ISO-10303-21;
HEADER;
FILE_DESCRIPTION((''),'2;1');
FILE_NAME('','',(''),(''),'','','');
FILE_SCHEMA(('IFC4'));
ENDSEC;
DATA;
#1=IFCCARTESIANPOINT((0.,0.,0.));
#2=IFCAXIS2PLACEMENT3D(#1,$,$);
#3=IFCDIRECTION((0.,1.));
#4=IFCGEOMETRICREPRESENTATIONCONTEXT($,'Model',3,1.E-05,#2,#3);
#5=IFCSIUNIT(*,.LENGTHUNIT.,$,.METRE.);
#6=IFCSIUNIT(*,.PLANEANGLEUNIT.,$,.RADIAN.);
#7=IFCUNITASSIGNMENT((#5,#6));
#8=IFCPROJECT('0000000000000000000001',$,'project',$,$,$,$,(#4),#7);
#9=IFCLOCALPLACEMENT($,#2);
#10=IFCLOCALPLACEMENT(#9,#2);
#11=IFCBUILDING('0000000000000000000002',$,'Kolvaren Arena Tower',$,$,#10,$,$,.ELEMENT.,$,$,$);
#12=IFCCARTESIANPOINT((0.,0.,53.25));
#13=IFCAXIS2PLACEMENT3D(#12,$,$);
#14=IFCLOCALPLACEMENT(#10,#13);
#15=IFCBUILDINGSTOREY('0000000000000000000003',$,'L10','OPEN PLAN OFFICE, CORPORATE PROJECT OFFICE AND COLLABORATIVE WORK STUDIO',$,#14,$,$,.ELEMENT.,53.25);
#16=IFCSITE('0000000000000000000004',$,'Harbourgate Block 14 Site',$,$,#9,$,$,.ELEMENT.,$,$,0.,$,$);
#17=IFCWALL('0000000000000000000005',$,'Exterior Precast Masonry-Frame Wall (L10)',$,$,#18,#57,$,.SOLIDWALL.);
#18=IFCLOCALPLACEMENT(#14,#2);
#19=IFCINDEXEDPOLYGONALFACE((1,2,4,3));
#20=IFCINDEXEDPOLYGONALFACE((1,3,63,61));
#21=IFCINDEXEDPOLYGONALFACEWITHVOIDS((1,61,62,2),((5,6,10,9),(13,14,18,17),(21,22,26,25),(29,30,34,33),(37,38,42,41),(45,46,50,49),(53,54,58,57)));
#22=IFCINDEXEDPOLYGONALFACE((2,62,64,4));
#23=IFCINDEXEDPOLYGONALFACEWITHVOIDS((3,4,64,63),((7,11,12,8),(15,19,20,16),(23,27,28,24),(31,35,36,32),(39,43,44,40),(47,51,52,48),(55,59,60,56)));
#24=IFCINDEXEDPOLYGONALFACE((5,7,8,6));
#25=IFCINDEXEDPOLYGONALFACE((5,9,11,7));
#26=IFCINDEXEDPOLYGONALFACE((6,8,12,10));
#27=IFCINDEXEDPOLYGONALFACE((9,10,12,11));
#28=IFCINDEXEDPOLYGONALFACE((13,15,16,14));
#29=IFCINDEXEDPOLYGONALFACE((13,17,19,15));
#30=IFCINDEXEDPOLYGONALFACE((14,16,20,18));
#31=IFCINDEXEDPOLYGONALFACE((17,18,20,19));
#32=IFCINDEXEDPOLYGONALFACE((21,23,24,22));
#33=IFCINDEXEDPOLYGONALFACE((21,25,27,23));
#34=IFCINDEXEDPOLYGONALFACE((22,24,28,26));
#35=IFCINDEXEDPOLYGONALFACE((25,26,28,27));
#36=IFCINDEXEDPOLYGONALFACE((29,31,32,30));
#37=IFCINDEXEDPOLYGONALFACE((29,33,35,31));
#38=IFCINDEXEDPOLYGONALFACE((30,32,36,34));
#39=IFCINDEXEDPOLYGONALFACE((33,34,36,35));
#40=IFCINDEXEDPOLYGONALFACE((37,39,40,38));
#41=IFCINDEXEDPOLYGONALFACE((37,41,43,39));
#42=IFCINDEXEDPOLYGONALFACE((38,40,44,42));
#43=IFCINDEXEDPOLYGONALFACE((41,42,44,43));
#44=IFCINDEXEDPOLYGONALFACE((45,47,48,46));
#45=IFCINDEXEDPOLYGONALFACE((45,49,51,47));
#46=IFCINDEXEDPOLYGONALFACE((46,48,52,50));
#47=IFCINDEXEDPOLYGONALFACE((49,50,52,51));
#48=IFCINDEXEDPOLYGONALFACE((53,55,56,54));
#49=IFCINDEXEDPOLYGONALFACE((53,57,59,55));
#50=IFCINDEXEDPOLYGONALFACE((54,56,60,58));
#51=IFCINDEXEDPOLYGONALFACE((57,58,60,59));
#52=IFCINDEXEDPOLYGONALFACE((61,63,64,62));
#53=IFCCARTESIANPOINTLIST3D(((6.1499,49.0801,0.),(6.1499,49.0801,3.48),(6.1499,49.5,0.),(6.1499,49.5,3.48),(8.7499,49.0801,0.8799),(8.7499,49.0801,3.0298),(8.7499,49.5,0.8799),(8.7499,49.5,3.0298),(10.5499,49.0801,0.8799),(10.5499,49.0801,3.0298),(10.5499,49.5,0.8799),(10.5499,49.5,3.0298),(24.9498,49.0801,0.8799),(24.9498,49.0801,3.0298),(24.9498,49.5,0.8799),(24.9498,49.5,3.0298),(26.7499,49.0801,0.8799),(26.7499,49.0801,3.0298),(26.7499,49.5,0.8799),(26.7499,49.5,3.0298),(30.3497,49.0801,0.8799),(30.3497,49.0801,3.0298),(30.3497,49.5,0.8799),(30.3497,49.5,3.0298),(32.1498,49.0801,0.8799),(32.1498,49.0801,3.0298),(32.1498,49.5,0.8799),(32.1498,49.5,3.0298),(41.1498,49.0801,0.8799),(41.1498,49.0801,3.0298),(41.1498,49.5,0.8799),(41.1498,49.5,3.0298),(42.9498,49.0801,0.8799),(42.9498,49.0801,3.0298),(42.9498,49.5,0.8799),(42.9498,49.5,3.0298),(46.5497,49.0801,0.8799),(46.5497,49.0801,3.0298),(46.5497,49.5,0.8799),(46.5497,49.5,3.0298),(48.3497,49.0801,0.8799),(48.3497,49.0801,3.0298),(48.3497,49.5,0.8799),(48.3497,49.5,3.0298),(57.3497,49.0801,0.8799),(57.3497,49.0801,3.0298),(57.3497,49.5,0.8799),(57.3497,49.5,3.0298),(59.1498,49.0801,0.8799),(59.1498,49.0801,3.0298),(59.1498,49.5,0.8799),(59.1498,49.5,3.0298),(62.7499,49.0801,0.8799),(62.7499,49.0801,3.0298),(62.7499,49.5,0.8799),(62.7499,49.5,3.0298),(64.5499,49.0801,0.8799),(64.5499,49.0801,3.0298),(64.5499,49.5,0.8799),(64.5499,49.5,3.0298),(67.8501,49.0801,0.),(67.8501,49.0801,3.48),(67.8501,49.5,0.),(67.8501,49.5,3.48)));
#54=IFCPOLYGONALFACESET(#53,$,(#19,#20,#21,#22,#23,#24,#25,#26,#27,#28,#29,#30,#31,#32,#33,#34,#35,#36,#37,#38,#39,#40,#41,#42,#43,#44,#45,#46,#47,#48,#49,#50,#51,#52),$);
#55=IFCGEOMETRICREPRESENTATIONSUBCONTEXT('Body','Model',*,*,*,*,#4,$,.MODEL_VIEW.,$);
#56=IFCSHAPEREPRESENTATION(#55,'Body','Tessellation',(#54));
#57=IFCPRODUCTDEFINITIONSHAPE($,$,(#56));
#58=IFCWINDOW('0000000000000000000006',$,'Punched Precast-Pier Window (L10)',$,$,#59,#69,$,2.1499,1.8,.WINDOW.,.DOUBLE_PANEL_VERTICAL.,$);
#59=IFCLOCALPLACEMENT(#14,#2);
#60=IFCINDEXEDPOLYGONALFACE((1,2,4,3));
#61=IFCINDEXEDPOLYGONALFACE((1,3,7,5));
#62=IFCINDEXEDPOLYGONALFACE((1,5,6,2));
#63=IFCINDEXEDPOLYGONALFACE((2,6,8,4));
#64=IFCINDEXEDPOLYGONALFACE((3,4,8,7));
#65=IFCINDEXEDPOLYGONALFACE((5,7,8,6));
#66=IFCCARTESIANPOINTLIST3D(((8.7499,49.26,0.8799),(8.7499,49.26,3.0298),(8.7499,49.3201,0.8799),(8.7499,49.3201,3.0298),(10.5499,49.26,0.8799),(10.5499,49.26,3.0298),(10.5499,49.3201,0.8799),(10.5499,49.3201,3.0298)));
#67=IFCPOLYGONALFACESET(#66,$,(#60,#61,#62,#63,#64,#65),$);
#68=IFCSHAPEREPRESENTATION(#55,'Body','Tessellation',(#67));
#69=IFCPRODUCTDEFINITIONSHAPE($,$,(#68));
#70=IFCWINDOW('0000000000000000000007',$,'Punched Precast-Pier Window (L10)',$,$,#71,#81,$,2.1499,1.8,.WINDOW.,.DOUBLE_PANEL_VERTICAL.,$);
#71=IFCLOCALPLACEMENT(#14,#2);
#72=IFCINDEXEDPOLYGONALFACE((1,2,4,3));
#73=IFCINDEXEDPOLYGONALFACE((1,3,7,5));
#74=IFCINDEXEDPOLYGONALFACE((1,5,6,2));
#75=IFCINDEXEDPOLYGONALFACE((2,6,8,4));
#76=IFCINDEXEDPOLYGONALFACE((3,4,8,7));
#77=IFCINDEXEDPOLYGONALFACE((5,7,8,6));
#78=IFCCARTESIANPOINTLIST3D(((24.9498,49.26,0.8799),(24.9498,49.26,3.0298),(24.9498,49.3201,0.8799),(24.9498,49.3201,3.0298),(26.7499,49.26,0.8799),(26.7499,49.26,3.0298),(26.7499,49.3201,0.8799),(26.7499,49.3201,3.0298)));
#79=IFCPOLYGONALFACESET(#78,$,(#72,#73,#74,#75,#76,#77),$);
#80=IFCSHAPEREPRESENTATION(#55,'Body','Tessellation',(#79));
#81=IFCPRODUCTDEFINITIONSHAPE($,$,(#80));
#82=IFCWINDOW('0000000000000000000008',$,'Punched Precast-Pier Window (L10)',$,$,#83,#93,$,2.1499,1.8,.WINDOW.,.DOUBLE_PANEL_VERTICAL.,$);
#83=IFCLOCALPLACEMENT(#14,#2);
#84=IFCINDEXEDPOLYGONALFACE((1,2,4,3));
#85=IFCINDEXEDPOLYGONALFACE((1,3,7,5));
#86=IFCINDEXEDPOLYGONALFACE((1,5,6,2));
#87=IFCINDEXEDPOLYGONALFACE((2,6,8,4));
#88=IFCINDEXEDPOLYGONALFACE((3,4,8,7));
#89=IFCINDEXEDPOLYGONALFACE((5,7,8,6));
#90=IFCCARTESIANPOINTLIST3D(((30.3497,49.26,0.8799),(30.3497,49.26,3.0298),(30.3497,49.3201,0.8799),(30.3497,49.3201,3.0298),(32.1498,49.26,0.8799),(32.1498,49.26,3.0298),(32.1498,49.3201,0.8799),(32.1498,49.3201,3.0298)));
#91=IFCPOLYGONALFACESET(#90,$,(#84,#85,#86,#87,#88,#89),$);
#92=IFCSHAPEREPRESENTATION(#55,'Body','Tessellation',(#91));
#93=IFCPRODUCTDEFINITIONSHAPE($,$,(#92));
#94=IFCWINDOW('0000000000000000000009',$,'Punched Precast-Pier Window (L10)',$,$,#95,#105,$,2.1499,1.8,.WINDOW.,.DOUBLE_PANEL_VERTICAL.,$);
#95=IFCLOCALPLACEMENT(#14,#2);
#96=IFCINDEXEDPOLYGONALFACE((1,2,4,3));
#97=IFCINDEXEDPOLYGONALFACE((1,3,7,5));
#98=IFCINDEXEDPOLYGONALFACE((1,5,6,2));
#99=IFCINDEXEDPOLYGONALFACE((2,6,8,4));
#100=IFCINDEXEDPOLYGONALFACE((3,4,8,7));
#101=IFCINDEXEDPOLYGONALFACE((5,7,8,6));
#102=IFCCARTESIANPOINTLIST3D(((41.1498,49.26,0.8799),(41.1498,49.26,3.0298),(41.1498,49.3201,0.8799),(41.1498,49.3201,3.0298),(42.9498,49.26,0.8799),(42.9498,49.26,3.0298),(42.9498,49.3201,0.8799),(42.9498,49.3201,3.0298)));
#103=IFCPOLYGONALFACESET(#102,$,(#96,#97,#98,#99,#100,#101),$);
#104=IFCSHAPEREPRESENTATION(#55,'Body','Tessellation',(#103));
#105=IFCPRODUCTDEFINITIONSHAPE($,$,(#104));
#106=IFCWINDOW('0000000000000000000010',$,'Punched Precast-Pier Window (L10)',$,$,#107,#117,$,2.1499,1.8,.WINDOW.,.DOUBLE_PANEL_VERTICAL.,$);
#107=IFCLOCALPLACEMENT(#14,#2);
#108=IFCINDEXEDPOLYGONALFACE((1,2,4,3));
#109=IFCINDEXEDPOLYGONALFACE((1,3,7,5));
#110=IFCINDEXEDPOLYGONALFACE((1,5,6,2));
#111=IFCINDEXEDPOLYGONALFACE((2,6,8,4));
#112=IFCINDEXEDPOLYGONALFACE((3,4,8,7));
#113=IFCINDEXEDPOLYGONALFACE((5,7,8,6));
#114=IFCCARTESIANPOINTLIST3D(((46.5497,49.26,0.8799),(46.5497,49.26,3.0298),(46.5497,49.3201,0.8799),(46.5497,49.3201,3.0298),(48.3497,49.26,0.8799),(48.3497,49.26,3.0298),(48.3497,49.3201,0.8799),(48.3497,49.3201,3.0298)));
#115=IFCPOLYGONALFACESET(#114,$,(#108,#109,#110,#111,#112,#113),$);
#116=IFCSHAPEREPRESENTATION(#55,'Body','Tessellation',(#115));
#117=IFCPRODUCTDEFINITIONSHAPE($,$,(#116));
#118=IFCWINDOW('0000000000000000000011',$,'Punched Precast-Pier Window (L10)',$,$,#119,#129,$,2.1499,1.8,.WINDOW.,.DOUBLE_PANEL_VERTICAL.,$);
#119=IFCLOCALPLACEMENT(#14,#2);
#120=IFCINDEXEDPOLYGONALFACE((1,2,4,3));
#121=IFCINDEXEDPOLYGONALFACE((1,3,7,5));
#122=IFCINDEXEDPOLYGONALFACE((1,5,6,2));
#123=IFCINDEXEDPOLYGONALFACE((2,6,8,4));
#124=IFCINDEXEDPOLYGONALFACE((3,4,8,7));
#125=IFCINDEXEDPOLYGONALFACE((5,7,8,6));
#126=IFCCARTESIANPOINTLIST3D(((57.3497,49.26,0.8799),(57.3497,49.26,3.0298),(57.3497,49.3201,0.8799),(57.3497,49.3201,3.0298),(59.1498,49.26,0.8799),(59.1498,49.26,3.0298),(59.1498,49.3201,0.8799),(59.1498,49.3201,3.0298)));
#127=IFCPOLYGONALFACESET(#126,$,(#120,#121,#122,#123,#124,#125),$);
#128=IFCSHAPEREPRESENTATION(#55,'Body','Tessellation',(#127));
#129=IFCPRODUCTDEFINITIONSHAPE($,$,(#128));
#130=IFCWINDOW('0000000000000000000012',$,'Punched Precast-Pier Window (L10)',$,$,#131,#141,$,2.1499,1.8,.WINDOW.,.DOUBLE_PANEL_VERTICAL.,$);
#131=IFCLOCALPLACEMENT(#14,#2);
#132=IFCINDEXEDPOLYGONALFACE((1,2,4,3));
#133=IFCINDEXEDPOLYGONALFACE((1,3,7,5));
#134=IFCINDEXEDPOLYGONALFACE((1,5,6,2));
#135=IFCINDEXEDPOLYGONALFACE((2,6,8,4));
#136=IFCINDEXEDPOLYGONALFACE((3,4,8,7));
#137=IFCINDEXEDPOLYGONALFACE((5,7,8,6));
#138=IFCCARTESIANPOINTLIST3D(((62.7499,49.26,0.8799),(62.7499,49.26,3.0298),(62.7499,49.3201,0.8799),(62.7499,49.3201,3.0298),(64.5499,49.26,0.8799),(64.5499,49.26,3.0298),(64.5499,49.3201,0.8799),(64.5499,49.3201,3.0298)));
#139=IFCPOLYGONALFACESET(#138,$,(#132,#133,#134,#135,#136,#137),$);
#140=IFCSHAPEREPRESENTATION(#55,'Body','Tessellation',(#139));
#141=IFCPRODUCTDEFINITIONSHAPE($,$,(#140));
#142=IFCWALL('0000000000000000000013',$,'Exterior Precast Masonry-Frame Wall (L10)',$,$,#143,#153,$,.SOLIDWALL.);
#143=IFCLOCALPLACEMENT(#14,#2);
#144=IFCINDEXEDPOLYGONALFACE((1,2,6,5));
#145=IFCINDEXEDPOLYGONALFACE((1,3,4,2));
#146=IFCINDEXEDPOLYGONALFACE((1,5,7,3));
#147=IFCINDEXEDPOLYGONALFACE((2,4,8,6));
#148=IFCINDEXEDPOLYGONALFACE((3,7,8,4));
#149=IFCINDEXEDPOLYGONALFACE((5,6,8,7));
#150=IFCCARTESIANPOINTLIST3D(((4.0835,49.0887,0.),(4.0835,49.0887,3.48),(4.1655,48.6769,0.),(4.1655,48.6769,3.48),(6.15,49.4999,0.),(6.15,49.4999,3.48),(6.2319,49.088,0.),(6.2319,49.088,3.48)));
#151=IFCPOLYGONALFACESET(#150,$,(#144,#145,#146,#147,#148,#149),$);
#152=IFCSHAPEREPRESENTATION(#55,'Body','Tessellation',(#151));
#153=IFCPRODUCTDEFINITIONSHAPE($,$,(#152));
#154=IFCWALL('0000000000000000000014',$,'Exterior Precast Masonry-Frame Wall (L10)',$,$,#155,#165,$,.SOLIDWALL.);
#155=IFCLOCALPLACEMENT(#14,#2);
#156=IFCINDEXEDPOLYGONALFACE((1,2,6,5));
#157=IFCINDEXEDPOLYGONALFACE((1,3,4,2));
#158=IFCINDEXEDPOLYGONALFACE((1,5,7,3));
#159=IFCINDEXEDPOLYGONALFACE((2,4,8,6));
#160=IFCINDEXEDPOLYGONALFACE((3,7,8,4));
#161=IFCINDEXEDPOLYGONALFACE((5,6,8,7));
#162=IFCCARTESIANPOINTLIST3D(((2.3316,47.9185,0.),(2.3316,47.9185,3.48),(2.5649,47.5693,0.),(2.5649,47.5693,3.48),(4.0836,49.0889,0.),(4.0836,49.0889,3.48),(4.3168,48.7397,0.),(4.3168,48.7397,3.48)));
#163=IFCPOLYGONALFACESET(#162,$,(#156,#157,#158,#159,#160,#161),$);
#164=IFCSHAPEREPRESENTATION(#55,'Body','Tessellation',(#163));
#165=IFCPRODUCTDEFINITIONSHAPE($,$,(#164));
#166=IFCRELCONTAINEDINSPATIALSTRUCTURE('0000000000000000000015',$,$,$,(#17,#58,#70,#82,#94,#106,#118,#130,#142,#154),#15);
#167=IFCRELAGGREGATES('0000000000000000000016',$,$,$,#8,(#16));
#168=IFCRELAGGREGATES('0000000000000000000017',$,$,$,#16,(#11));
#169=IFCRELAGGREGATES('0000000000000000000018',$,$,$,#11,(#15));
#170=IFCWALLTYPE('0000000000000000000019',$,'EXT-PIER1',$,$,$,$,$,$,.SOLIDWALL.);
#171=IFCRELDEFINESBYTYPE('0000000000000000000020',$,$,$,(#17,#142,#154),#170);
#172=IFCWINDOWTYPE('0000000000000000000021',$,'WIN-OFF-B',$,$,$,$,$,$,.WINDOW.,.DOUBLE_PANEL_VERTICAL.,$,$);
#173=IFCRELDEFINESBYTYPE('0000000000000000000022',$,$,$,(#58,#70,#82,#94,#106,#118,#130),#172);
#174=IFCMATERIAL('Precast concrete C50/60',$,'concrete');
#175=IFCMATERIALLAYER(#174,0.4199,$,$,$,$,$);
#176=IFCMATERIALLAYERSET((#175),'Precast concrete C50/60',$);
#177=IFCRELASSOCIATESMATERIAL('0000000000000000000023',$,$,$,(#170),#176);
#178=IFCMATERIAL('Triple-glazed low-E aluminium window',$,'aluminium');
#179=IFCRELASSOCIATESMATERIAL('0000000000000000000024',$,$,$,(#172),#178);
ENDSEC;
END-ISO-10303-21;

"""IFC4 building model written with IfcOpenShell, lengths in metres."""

from ifc_helpers import new_model, si_unit, direction, frame, frame_2d, origin, place, context, subcontext, project, spatial, rectangle, extrude, material, layer, layer_set, type_object, element, fill, save


model = new_model("IFC4")

# Units and contexts
model_context = context("Model", 3, precision=1e-05, world=origin(), true_north=direction((0.0, 1.0)))
body_context = subcontext(model_context, "Body", "Model", "MODEL_VIEW")
ifc_project = project(units=[si_unit("LENGTHUNIT", "METRE"), si_unit("PLANEANGLEUNIT", "RADIAN")], contexts=[model_context])

# Site, building, storey
site_placement = place(None, origin())
site = spatial("IfcSite", under=ifc_project, at=site_placement, Name="Harbourgate Block 14 Site", CompositionType="ELEMENT", RefElevation=0.0)
building_placement = place(site_placement, origin())
building = spatial("IfcBuilding", under=site, at=building_placement, Name="Kolvaren Arena Tower", CompositionType="ELEMENT")
storey_placement = place(building_placement, frame((0.0, 0.0, 53.25)))
storey = spatial("IfcBuildingStorey", under=building, at=storey_placement, Name="L10", Description="OPEN PLAN OFFICE, CORPORATE PROJECT OFFICE AND COLLABORATIVE WORK STUDIO", CompositionType="ELEMENT", Elevation=53.25)

# Wall, openings, windows
ifc_material_1 = material(Name="Precast concrete C50/60", Category="concrete")
ifc_layer_1 = layer(ifc_material_1, 0.4199)
ifc_layer_set_1 = layer_set([ifc_layer_1], Name="Precast concrete C50/60")
wall_type_1 = type_object("IfcWallType", Name="EXT-PIER1", PredefinedType="SOLIDWALL", material=ifc_layer_set_1)
wall_1_placement = place(storey_placement, frame((6.1499, 49.29, 0.0), z_axis=(0.0, 0.0, 1.0), x_axis=(1.0, 0.0, 0.0)))
wall_1 = element("IfcWall", 1, at=wall_1_placement, inside=storey, type_object=wall_type_1, Name="Exterior Precast Masonry-Frame Wall (L10)", PredefinedType="SOLIDWALL", context=body_context, shape_type="SweptSolid", body=[
    extrude(rectangle(XDim=61.7002, YDim=0.4199, at=frame_2d((30.8501, 0.0))), origin(), (0.0, 0.0, 1.0), 3.48),
])
opening_1_placement = place(wall_1_placement, frame((2.6001, 0.0, 0.8799)))
opening_1 = element("IfcOpeningElement", 2, at=opening_1_placement, cuts=wall_1, PredefinedType="OPENING", context=body_context, shape_type="SweptSolid", body=[
    extrude(rectangle(XDim=1.8, YDim=2.1499, at=frame_2d((0.8999, 1.075))), frame((0.0, 0.22, 0.0), z_axis=(0.0, -1.0, 0.0), x_axis=(1.0, 0.0, 0.0)), (0.0, 0.0, 1.0), 0.4399),
])
opening_2_placement = place(wall_1_placement, frame((18.8, 0.0, 0.8799)))
opening_2 = element("IfcOpeningElement", 3, at=opening_2_placement, cuts=wall_1, PredefinedType="OPENING", context=body_context, shape_type="SweptSolid", body=[
    extrude(rectangle(XDim=1.8, YDim=2.1499, at=frame_2d((0.8999, 1.075))), frame((0.0, 0.22, 0.0), z_axis=(0.0, -1.0, 0.0), x_axis=(1.0, 0.0, 0.0)), (0.0, 0.0, 1.0), 0.4399),
])
opening_3_placement = place(wall_1_placement, frame((24.2, 0.0, 0.8799)))
opening_3 = element("IfcOpeningElement", 4, at=opening_3_placement, cuts=wall_1, PredefinedType="OPENING", context=body_context, shape_type="SweptSolid", body=[
    extrude(rectangle(XDim=1.8, YDim=2.1499, at=frame_2d((0.8999, 1.075))), frame((0.0, 0.22, 0.0), z_axis=(0.0, -1.0, 0.0), x_axis=(1.0, 0.0, 0.0)), (0.0, 0.0, 1.0), 0.4399),
])
opening_4_placement = place(wall_1_placement, frame((35.0, 0.0, 0.8799)))
opening_4 = element("IfcOpeningElement", 5, at=opening_4_placement, cuts=wall_1, PredefinedType="OPENING", context=body_context, shape_type="SweptSolid", body=[
    extrude(rectangle(XDim=1.8, YDim=2.1499, at=frame_2d((0.8999, 1.075))), frame((0.0, 0.22, 0.0), z_axis=(0.0, -1.0, 0.0), x_axis=(1.0, 0.0, 0.0)), (0.0, 0.0, 1.0), 0.4399),
])
opening_5_placement = place(wall_1_placement, frame((40.3999, 0.0, 0.8799)))
opening_5 = element("IfcOpeningElement", 6, at=opening_5_placement, cuts=wall_1, PredefinedType="OPENING", context=body_context, shape_type="SweptSolid", body=[
    extrude(rectangle(XDim=1.8, YDim=2.1499, at=frame_2d((0.8999, 1.075))), frame((0.0, 0.22, 0.0), z_axis=(0.0, -1.0, 0.0), x_axis=(1.0, 0.0, 0.0)), (0.0, 0.0, 1.0), 0.4399),
])
opening_6_placement = place(wall_1_placement, frame((51.2, 0.0, 0.8799)))
opening_6 = element("IfcOpeningElement", 7, at=opening_6_placement, cuts=wall_1, PredefinedType="OPENING", context=body_context, shape_type="SweptSolid", body=[
    extrude(rectangle(XDim=1.8, YDim=2.1499, at=frame_2d((0.8999, 1.075))), frame((0.0, 0.22, 0.0), z_axis=(0.0, -1.0, 0.0), x_axis=(1.0, 0.0, 0.0)), (0.0, 0.0, 1.0), 0.4399),
])
opening_7_placement = place(wall_1_placement, frame((56.6001, 0.0, 0.8799)))
opening_7 = element("IfcOpeningElement", 8, at=opening_7_placement, cuts=wall_1, PredefinedType="OPENING", context=body_context, shape_type="SweptSolid", body=[
    extrude(rectangle(XDim=1.8, YDim=2.1499, at=frame_2d((0.8999, 1.075))), frame((0.0, 0.22, 0.0), z_axis=(0.0, -1.0, 0.0), x_axis=(1.0, 0.0, 0.0)), (0.0, 0.0, 1.0), 0.4399),
])
ifc_material_2 = material(Name="Triple-glazed low-E aluminium window", Category="aluminium")
window_type = type_object("IfcWindowType", Name="WIN-OFF-B", PartitioningType="DOUBLE_PANEL_VERTICAL", PredefinedType="WINDOW", material=ifc_material_2)
window_1_placement = place(opening_1_placement, origin())
window_1 = element("IfcWindow", 9, at=window_1_placement, inside=storey, type_object=window_type, Name="Punched Precast-Pier Window (L10)", OverallHeight=2.1499, OverallWidth=1.8, PartitioningType="DOUBLE_PANEL_VERTICAL", PredefinedType="WINDOW", context=body_context, shape_type="SweptSolid", body=[
    extrude(rectangle(XDim=1.8, YDim=2.1499, at=frame_2d((0.8999, 1.075))), frame((0.0, 0.03, 0.0), z_axis=(0.0, -1.0, 0.0), x_axis=(1.0, 0.0, 0.0)), (0.0, 0.0, 1.0), 0.0601),
])
fill(opening_1, window_1)
window_2_placement = place(opening_2_placement, origin())
window_2 = element("IfcWindow", 10, at=window_2_placement, inside=storey, type_object=window_type, Name="Punched Precast-Pier Window (L10)", OverallHeight=2.1499, OverallWidth=1.8, PartitioningType="DOUBLE_PANEL_VERTICAL", PredefinedType="WINDOW", context=body_context, shape_type="SweptSolid", body=[
    extrude(rectangle(XDim=1.8, YDim=2.1499, at=frame_2d((0.8999, 1.075))), frame((0.0, 0.03, 0.0), z_axis=(0.0, -1.0, 0.0), x_axis=(1.0, 0.0, 0.0)), (0.0, 0.0, 1.0), 0.0601),
])
fill(opening_2, window_2)
window_3_placement = place(opening_3_placement, origin())
window_3 = element("IfcWindow", 11, at=window_3_placement, inside=storey, type_object=window_type, Name="Punched Precast-Pier Window (L10)", OverallHeight=2.1499, OverallWidth=1.8, PartitioningType="DOUBLE_PANEL_VERTICAL", PredefinedType="WINDOW", context=body_context, shape_type="SweptSolid", body=[
    extrude(rectangle(XDim=1.8, YDim=2.1499, at=frame_2d((0.8999, 1.075))), frame((0.0, 0.03, 0.0), z_axis=(0.0, -1.0, 0.0), x_axis=(1.0, 0.0, 0.0)), (0.0, 0.0, 1.0), 0.0601),
])
fill(opening_3, window_3)
window_4_placement = place(opening_4_placement, origin())
window_4 = element("IfcWindow", 12, at=window_4_placement, inside=storey, type_object=window_type, Name="Punched Precast-Pier Window (L10)", OverallHeight=2.1499, OverallWidth=1.8, PartitioningType="DOUBLE_PANEL_VERTICAL", PredefinedType="WINDOW", context=body_context, shape_type="SweptSolid", body=[
    extrude(rectangle(XDim=1.8, YDim=2.1499, at=frame_2d((0.8999, 1.075))), frame((0.0, 0.03, 0.0), z_axis=(0.0, -1.0, 0.0), x_axis=(1.0, 0.0, 0.0)), (0.0, 0.0, 1.0), 0.0601),
])
fill(opening_4, window_4)
window_5_placement = place(opening_5_placement, origin())
window_5 = element("IfcWindow", 13, at=window_5_placement, inside=storey, type_object=window_type, Name="Punched Precast-Pier Window (L10)", OverallHeight=2.1499, OverallWidth=1.8, PartitioningType="DOUBLE_PANEL_VERTICAL", PredefinedType="WINDOW", context=body_context, shape_type="SweptSolid", body=[
    extrude(rectangle(XDim=1.8, YDim=2.1499, at=frame_2d((0.8999, 1.075))), frame((0.0, 0.03, 0.0), z_axis=(0.0, -1.0, 0.0), x_axis=(1.0, 0.0, 0.0)), (0.0, 0.0, 1.0), 0.0601),
])
fill(opening_5, window_5)
window_6_placement = place(opening_6_placement, origin())
window_6 = element("IfcWindow", 14, at=window_6_placement, inside=storey, type_object=window_type, Name="Punched Precast-Pier Window (L10)", OverallHeight=2.1499, OverallWidth=1.8, PartitioningType="DOUBLE_PANEL_VERTICAL", PredefinedType="WINDOW", context=body_context, shape_type="SweptSolid", body=[
    extrude(rectangle(XDim=1.8, YDim=2.1499, at=frame_2d((0.8999, 1.075))), frame((0.0, 0.03, 0.0), z_axis=(0.0, -1.0, 0.0), x_axis=(1.0, 0.0, 0.0)), (0.0, 0.0, 1.0), 0.0601),
])
fill(opening_6, window_6)
window_7_placement = place(opening_7_placement, origin())
window_7 = element("IfcWindow", 15, at=window_7_placement, inside=storey, type_object=window_type, Name="Punched Precast-Pier Window (L10)", OverallHeight=2.1499, OverallWidth=1.8, PartitioningType="DOUBLE_PANEL_VERTICAL", PredefinedType="WINDOW", context=body_context, shape_type="SweptSolid", body=[
    extrude(rectangle(XDim=1.8, YDim=2.1499, at=frame_2d((0.8999, 1.075))), frame((0.0, 0.03, 0.0), z_axis=(0.0, -1.0, 0.0), x_axis=(1.0, 0.0, 0.0)), (0.0, 0.0, 1.0), 0.0601),
])
fill(opening_7, window_7)

# Walls
for number, where, z_axis, x_axis, name in (
    (16, (4.1245, 48.8828, 0.0), (0.0, 0.0, 1.0), (0.980776, 0.195136, 0.0), "Exterior Precast Masonry-Frame Wall (L10)"),
    (17, (2.4482, 47.7439, 0.0), (0.0, 0.0, 1.0), (0.831515, 0.555502, 0.0), "Exterior Precast Masonry-Frame Wall (L10)"),
):
    element("IfcWall", number, at=place(storey_placement, frame(where, z_axis=z_axis, x_axis=x_axis)), inside=storey, type_object=wall_type_1, Name=name, PredefinedType="SOLIDWALL", context=body_context, shape_type="SweptSolid", body=[
        extrude(rectangle(XDim=2.1069, YDim=0.4199, at=frame_2d((1.0535, 0.0))), origin(), (0.0, 0.0, 1.0), 3.48),
    ])

save(model, "model.ifc")
